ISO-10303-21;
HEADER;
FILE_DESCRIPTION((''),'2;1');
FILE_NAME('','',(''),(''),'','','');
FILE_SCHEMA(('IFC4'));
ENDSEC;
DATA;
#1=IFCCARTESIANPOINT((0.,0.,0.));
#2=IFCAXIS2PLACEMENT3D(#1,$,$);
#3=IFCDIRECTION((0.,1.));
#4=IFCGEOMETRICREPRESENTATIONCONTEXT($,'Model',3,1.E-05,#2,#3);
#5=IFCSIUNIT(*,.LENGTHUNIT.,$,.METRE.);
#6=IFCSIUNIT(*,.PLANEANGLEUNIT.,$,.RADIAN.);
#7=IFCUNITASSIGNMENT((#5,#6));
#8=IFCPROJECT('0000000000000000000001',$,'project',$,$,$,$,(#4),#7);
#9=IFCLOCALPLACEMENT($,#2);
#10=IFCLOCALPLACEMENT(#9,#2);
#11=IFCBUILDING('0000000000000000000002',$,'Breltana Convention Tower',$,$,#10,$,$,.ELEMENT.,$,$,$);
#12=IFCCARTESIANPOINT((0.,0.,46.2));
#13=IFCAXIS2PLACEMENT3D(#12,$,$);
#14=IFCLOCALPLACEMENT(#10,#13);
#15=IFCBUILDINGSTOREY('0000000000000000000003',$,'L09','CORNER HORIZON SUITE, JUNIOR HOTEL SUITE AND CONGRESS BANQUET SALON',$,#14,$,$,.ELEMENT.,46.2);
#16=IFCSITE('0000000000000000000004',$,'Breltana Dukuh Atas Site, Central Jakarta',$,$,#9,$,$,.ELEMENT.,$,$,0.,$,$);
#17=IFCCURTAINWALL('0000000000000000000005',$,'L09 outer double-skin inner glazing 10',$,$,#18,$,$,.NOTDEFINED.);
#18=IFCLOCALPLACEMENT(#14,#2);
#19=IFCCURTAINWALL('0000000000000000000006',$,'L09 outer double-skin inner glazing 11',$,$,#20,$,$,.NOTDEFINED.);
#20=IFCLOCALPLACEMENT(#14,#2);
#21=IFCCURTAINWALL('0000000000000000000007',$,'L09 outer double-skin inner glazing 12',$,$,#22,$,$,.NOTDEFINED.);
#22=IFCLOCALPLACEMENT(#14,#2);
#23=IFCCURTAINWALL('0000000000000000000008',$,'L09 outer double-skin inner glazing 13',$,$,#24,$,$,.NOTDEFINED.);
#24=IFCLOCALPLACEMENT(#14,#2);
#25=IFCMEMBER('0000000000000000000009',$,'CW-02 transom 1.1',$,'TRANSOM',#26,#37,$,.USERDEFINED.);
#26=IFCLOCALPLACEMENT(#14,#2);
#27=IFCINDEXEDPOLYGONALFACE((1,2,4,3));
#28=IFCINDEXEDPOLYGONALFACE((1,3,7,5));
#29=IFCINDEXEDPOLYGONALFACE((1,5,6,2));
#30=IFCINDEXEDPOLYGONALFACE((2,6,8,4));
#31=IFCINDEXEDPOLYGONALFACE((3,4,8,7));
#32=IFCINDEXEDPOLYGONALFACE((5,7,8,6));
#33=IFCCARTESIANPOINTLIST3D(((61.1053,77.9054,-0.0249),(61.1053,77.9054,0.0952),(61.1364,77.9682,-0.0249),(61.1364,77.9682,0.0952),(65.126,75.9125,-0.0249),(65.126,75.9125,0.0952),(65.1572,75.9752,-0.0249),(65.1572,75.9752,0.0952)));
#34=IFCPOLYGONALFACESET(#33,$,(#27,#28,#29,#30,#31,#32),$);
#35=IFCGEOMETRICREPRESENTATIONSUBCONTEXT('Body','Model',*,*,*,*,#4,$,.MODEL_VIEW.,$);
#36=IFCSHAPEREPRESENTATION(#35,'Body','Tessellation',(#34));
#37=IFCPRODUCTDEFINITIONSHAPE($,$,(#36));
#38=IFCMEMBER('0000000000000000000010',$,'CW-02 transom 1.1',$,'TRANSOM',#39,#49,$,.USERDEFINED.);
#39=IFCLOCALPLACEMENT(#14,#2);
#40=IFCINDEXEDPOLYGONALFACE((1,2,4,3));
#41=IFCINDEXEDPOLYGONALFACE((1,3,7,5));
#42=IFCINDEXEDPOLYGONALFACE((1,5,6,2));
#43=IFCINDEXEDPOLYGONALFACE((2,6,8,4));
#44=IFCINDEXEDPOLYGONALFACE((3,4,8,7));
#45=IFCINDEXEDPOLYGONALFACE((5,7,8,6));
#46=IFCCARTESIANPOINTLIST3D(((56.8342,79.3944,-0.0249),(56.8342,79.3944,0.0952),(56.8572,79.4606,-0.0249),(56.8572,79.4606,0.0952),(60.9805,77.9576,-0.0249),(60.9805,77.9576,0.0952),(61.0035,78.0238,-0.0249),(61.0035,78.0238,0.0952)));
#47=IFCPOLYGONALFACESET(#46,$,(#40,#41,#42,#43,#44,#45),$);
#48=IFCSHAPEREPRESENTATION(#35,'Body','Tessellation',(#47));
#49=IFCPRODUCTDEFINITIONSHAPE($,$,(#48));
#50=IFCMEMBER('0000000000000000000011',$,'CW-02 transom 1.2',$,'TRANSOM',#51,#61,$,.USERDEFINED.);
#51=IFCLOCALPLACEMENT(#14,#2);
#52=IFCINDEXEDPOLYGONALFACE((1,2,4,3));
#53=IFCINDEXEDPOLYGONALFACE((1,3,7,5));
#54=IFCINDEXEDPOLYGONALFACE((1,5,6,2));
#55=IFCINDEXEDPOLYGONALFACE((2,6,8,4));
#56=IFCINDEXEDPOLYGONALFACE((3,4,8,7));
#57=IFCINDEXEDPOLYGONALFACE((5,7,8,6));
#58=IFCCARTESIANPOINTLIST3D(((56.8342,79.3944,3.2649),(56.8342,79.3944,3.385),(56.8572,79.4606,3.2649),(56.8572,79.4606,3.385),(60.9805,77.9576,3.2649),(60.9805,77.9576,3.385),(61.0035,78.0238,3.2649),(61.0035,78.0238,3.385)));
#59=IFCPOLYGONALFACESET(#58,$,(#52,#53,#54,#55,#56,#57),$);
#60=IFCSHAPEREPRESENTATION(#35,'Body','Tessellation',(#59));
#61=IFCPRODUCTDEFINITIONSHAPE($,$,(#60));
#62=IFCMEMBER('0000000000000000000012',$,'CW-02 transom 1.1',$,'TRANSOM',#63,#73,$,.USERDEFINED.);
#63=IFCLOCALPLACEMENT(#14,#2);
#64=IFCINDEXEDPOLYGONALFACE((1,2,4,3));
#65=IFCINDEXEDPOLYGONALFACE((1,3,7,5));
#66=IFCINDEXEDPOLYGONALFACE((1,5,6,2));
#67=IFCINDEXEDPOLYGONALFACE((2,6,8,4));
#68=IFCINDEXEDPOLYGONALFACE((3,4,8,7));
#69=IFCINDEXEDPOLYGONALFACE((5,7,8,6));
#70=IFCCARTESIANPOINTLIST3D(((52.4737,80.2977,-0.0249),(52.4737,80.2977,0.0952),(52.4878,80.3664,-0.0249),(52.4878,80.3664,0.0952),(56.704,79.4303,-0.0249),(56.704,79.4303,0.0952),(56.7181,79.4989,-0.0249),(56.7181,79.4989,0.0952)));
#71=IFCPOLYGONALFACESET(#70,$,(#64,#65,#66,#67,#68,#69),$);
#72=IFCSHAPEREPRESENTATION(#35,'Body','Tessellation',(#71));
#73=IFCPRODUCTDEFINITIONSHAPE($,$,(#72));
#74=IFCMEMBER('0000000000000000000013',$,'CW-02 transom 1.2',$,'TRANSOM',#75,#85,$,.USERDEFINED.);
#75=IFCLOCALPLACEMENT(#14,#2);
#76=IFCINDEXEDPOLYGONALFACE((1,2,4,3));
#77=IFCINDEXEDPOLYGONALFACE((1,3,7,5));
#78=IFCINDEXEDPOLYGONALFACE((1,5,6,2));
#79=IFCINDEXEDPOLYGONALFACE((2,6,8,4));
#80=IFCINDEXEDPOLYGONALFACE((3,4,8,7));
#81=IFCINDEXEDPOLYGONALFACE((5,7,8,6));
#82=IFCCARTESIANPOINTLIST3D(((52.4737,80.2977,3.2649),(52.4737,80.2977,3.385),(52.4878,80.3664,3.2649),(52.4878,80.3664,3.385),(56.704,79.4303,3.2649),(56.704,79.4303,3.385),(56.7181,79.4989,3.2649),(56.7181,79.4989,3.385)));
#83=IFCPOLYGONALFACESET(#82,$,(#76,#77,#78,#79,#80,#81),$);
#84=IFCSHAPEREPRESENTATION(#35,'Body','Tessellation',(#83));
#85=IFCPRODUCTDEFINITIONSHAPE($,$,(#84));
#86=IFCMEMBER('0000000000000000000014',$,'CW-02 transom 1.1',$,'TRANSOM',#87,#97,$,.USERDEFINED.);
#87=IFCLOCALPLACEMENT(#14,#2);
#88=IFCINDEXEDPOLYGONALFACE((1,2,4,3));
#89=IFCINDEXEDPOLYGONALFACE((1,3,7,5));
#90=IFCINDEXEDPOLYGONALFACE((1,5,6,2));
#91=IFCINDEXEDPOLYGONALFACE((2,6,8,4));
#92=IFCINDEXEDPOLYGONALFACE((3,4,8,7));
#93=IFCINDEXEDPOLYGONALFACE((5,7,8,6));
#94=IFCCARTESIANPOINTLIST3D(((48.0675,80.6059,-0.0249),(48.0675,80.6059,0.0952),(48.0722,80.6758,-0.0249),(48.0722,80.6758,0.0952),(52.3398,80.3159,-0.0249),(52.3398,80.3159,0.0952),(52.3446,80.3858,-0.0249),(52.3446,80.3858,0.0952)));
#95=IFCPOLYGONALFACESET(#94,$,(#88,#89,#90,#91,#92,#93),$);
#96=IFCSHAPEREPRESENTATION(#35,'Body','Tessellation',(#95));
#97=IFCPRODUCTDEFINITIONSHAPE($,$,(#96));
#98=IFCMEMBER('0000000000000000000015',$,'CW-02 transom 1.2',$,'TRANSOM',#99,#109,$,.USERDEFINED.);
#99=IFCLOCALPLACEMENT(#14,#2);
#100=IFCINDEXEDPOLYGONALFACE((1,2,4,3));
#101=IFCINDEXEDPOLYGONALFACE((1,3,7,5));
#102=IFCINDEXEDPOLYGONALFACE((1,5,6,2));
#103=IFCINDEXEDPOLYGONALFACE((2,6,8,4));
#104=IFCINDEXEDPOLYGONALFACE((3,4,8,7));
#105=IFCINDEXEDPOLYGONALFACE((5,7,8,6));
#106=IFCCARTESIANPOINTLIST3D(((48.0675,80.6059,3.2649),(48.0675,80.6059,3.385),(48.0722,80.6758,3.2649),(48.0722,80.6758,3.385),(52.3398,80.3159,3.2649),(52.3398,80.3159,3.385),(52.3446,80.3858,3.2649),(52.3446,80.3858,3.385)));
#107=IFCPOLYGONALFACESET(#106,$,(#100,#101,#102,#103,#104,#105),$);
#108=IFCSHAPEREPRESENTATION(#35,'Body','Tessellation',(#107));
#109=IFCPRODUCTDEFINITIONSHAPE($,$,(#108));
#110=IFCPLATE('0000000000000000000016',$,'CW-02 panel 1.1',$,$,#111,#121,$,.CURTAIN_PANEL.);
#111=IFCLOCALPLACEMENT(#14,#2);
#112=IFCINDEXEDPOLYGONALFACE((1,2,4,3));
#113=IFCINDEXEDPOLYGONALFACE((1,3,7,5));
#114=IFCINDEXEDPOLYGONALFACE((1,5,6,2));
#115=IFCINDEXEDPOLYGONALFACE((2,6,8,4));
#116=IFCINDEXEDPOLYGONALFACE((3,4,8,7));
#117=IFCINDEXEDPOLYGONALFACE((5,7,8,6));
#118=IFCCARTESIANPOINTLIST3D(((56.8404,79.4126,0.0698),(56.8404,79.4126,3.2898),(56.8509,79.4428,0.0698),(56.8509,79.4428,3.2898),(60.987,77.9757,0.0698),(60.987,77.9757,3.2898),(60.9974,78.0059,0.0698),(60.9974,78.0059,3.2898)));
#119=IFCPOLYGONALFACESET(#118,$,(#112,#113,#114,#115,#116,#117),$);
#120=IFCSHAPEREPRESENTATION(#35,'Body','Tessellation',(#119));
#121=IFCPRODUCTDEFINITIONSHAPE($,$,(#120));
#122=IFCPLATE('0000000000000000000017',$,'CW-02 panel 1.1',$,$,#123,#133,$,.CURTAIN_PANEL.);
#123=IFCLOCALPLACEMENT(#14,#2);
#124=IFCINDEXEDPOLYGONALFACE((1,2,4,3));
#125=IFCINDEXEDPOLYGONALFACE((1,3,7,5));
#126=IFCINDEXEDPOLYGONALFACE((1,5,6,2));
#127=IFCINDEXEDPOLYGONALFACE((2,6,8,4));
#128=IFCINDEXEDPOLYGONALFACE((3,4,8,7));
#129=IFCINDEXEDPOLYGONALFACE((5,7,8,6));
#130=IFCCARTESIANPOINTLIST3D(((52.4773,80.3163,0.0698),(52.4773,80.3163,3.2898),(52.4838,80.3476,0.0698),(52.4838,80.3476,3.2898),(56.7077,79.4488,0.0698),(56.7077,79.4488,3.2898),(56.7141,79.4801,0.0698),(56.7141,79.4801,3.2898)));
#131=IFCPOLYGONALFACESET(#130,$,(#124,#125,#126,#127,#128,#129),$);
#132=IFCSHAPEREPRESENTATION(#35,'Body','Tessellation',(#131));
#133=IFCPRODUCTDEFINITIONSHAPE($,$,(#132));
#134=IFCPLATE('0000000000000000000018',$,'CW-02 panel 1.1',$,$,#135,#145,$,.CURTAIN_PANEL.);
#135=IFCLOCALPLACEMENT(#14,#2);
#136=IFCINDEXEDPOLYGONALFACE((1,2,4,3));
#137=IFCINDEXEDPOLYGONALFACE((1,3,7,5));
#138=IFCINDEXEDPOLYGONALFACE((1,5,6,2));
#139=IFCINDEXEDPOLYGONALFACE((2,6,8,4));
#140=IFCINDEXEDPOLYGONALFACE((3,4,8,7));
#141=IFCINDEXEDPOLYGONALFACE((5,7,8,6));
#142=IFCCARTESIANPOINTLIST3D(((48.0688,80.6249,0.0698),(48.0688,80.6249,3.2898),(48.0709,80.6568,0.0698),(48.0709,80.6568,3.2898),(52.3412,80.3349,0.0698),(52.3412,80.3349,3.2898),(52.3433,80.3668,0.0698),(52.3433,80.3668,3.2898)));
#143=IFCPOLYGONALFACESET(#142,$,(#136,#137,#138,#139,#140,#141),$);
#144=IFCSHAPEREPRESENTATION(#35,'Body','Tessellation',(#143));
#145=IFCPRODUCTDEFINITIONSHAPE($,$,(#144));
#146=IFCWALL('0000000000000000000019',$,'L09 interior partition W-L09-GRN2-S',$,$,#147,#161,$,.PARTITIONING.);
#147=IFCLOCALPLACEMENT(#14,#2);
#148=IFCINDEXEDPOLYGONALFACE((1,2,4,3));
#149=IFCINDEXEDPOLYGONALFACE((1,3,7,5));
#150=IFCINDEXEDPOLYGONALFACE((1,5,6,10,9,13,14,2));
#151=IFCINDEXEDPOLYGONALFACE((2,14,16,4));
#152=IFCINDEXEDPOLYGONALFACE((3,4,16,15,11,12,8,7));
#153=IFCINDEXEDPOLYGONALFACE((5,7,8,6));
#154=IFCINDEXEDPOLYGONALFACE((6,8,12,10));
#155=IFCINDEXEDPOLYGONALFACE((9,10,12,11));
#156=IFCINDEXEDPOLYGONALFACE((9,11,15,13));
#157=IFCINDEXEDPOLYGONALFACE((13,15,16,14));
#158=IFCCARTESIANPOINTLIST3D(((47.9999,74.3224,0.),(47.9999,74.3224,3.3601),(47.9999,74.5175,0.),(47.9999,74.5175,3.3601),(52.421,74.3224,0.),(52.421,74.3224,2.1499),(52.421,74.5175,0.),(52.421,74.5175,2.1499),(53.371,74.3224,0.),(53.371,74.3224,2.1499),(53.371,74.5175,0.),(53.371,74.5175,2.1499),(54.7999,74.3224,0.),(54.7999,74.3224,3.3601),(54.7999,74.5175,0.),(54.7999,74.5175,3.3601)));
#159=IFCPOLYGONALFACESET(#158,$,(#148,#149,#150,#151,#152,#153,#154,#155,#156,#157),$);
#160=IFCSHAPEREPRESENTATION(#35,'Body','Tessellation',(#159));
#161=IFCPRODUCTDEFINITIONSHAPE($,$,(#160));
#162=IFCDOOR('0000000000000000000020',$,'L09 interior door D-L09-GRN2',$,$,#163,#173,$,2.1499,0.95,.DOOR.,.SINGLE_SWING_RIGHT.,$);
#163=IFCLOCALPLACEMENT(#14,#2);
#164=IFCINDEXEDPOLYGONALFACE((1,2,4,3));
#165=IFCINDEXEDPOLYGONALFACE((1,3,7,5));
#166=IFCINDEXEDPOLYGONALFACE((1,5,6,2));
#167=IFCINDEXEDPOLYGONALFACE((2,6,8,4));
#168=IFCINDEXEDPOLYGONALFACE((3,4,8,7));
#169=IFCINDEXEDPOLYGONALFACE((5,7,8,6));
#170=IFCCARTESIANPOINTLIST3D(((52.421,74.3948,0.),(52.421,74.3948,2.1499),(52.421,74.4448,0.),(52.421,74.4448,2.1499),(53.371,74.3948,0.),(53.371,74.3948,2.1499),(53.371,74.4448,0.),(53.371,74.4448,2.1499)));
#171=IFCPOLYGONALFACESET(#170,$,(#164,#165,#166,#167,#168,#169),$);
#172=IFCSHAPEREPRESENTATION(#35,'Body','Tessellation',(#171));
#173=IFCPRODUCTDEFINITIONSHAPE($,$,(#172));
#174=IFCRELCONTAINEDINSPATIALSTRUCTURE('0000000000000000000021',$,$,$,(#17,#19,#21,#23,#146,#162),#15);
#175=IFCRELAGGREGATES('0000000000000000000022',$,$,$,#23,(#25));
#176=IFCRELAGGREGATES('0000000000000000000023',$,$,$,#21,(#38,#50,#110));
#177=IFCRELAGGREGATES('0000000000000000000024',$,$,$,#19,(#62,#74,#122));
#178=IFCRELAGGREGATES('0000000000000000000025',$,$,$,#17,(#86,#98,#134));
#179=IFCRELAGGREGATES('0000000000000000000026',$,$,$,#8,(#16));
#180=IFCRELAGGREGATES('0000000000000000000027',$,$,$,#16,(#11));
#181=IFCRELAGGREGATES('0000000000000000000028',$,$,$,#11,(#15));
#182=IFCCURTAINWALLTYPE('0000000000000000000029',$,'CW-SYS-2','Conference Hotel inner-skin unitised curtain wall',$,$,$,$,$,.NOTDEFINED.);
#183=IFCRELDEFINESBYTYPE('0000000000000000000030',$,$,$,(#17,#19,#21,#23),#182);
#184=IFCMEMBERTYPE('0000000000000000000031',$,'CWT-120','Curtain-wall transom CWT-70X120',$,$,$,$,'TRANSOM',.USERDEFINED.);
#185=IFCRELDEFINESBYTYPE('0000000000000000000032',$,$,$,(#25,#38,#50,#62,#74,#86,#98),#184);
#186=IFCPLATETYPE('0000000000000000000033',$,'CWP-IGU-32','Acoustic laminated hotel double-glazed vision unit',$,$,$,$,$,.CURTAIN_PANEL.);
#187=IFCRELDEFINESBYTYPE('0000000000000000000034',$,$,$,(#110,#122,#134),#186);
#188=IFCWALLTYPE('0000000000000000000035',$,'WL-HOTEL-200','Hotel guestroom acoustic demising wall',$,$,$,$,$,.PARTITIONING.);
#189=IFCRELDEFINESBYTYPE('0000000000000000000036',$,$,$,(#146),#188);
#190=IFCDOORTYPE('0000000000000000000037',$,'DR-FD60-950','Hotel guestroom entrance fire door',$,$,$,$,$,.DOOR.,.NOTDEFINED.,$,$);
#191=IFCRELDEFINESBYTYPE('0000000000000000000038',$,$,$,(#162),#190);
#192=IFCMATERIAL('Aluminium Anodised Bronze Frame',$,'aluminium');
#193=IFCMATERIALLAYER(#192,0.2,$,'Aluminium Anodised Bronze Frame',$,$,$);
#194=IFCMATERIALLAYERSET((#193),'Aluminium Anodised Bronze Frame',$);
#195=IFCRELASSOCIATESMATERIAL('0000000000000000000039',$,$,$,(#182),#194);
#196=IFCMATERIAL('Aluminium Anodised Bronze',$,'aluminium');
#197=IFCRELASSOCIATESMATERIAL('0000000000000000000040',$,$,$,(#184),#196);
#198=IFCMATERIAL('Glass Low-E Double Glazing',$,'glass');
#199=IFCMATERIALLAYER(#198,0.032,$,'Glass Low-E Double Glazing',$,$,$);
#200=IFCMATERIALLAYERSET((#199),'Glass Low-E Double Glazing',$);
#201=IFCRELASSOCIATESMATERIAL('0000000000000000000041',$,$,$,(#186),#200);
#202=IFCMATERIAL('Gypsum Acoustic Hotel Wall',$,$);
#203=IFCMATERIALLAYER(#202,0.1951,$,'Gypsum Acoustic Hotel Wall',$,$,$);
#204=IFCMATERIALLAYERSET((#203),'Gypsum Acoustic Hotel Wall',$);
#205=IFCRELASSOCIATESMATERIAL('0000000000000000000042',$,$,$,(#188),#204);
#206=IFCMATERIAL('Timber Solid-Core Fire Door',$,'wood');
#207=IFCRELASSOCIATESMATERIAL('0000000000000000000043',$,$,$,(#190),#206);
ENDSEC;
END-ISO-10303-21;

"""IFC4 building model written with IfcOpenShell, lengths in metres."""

from ifc_helpers import new_model, si_unit, direction, frame, frame_2d, origin, origin_2d, place, context, subcontext, project, spatial, rectangle, extrude, source, transform, mapped, material, layer, layer_set, material_profile, profile_set, type_object, type_shapes, element, fill, aggregate, save


model = new_model("IFC4")

# Units and contexts
model_context = context("Model", 3, precision=1e-05, world=origin(), true_north=direction((0.0, 1.0)))
body_context = subcontext(model_context, "Body", "Model", "MODEL_VIEW")
ifc_project = project(units=[si_unit("LENGTHUNIT", "METRE"), si_unit("PLANEANGLEUNIT", "RADIAN")], contexts=[model_context])

# Site, building, storey
site_placement = place(None, origin())
site = spatial("IfcSite", under=ifc_project, at=site_placement, Name="Breltana Dukuh Atas Site, Central Jakarta", CompositionType="ELEMENT", RefElevation=0.0)
building_placement = place(site_placement, origin())
building = spatial("IfcBuilding", under=site, at=building_placement, Name="Breltana Convention Tower", CompositionType="ELEMENT")
storey_placement = place(building_placement, frame((0.0, 0.0, 46.2)))
storey = spatial("IfcBuildingStorey", under=building, at=storey_placement, Name="L09", Description="CORNER HORIZON SUITE, JUNIOR HOTEL SUITE AND CONGRESS BANQUET SALON", CompositionType="ELEMENT", Elevation=46.2)

# Shared definitions
ifc_material_1 = material(Name="Aluminium Anodised Bronze Frame", Category="aluminium")
ifc_layer_1 = layer(ifc_material_1, 0.2, Name="Aluminium Anodised Bronze Frame")
ifc_layer_set_1 = layer_set([ifc_layer_1], Name="Aluminium Anodised Bronze Frame")
curtain_wall_type = type_object("IfcCurtainWallType", Name="CW-SYS-2", Description="Conference Hotel inner-skin unitised curtain wall", PredefinedType="NOTDEFINED", material=ifc_layer_set_1)
ifc_material_2 = material(Name="Aluminium Anodised Bronze", Category="aluminium")

# Curtain walls, member
curtain_wall_1_placement = place(storey_placement, origin())
curtain_wall_1 = element("IfcCurtainWall", 1, at=curtain_wall_1_placement, inside=storey, type_object=curtain_wall_type, Name="L09 outer double-skin inner glazing 10", PredefinedType="NOTDEFINED")
curtain_wall_2_placement = place(storey_placement, origin())
curtain_wall_2 = element("IfcCurtainWall", 2, at=curtain_wall_2_placement, inside=storey, type_object=curtain_wall_type, Name="L09 outer double-skin inner glazing 11", PredefinedType="NOTDEFINED")
curtain_wall_3_placement = place(storey_placement, origin())
curtain_wall_3 = element("IfcCurtainWall", 3, at=curtain_wall_3_placement, inside=storey, type_object=curtain_wall_type, Name="L09 outer double-skin inner glazing 12", PredefinedType="NOTDEFINED")
curtain_wall_4_placement = place(storey_placement, origin())
curtain_wall_4 = element("IfcCurtainWall", 4, at=curtain_wall_4_placement, inside=storey, type_object=curtain_wall_type, Name="L09 outer double-skin inner glazing 13", PredefinedType="NOTDEFINED")
ifc_material_profile_1 = material_profile(ifc_material_2, rectangle(XDim=0.0701, YDim=0.1201, at=origin_2d()), Name="CWT-70X120")
ifc_profile_set_1 = profile_set([ifc_material_profile_1], Name="Aluminium Anodised Bronze")
member_type_1 = type_object("IfcMemberType", Name="CWT-120", Description="Curtain-wall transom CWT-70X120", ElementType="TRANSOM", PredefinedType="USERDEFINED", material=ifc_profile_set_1)
shared_shape_1 = source(origin(), body_context, "Body", "SweptSolid", [
    extrude(rectangle(XDim=0.0701, YDim=0.1201, at=origin_2d()), origin(), (0.0, 0.0, 1.0), 4.4875),
])
member_1_placement = place(storey_placement, frame((61.1208, 77.9368, 0.0352), z_axis=(0.895978, -0.444099, 0.0), x_axis=(0.444099, 0.895978, 0.0)))
member_1 = element("IfcMember", 5, at=member_1_placement, type_object=member_type_1, Name="CW-02 transom 1.1", ObjectType="TRANSOM", PredefinedType="USERDEFINED", context=body_context, shape_type="MappedRepresentation", body=[
    mapped(shared_shape_1, transform((0.0, 0.0, 0.0), scale=1.0)),
])
aggregate(curtain_wall_4, [member_1])

# Members
shared_shape_2 = source(origin(), body_context, "Body", "SweptSolid", [
    extrude(rectangle(XDim=0.0701, YDim=0.1201, at=origin_2d()), origin(), (0.0, 0.0, 1.0), 4.3882),
])
member_2_placement = place(storey_placement, frame((56.8457, 79.4275, 0.0352), z_axis=(0.944878, -0.327422, 0.0), x_axis=(0.327422, 0.944878, 0.0)))
member_2 = element("IfcMember", 6, at=member_2_placement, type_object=member_type_1, Name="CW-02 transom 1.1", ObjectType="TRANSOM", PredefinedType="USERDEFINED", context=body_context, shape_type="MappedRepresentation", body=[
    mapped(shared_shape_2, transform((0.0, 0.0, 0.0), scale=1.0)),
])
member_3_placement = place(storey_placement, frame((56.8457, 79.4275, 3.325), z_axis=(0.944878, -0.327422, 0.0), x_axis=(0.327422, 0.944878, 0.0)))
member_3 = element("IfcMember", 7, at=member_3_placement, type_object=member_type_1, Name="CW-02 transom 1.2", ObjectType="TRANSOM", PredefinedType="USERDEFINED", context=body_context, shape_type="MappedRepresentation", body=[
    mapped(shared_shape_2, transform((0.0, 0.0, 0.0), scale=1.0)),
])
shared_shape_3 = source(origin(), body_context, "Body", "SweptSolid", [
    extrude(rectangle(XDim=0.0701, YDim=0.1201, at=origin_2d()), origin(), (0.0, 0.0, 1.0), 4.3184),
])
member_4_placement = place(storey_placement, frame((52.4807, 80.332, 0.0352), z_axis=(0.979617, -0.200876, 0.0), x_axis=(0.200876, 0.979617, 0.0)))
member_4 = element("IfcMember", 8, at=member_4_placement, type_object=member_type_1, Name="CW-02 transom 1.1", ObjectType="TRANSOM", PredefinedType="USERDEFINED", context=body_context, shape_type="MappedRepresentation", body=[
    mapped(shared_shape_3, transform((0.0, 0.0, 0.0), scale=1.0)),
])
member_5_placement = place(storey_placement, frame((52.4807, 80.332, 3.325), z_axis=(0.979617, -0.200876, 0.0), x_axis=(0.200876, 0.979617, 0.0)))
member_5 = element("IfcMember", 9, at=member_5_placement, type_object=member_type_1, Name="CW-02 transom 1.2", ObjectType="TRANSOM", PredefinedType="USERDEFINED", context=body_context, shape_type="MappedRepresentation", body=[
    mapped(shared_shape_3, transform((0.0, 0.0, 0.0), scale=1.0)),
])
shared_shape_4 = source(origin(), body_context, "Body", "SweptSolid", [
    extrude(rectangle(XDim=0.0701, YDim=0.1201, at=origin_2d()), origin(), (0.0, 0.0, 1.0), 4.2822),
])
member_6_placement = place(storey_placement, frame((48.0698, 80.6409, 0.0352), z_axis=(0.997704, -0.06773, 0.0), x_axis=(0.06773, 0.997704, 0.0)))
member_6 = element("IfcMember", 10, at=member_6_placement, type_object=member_type_1, Name="CW-02 transom 1.1", ObjectType="TRANSOM", PredefinedType="USERDEFINED", context=body_context, shape_type="MappedRepresentation", body=[
    mapped(shared_shape_4, transform((0.0, 0.0, 0.0), scale=1.0)),
])
member_7_placement = place(storey_placement, frame((48.0698, 80.6409, 3.325), z_axis=(0.997704, -0.06773, 0.0), x_axis=(0.06773, 0.997704, 0.0)))
member_7 = element("IfcMember", 11, at=member_7_placement, type_object=member_type_1, Name="CW-02 transom 1.2", ObjectType="TRANSOM", PredefinedType="USERDEFINED", context=body_context, shape_type="MappedRepresentation", body=[
    mapped(shared_shape_4, transform((0.0, 0.0, 0.0), scale=1.0)),
])

# Plates
ifc_material_3 = material(Name="Glass Low-E Double Glazing", Category="glass")
ifc_layer_2 = layer(ifc_material_3, 0.032, Name="Glass Low-E Double Glazing")
ifc_layer_set_2 = layer_set([ifc_layer_2], Name="Glass Low-E Double Glazing")
plate_type = type_object("IfcPlateType", Name="CWP-IGU-32", Description="Acoustic laminated hotel double-glazed vision unit", PredefinedType="CURTAIN_PANEL", material=ifc_layer_set_2)
shared_shape_5 = source(origin(), body_context, "Body", "SweptSolid", [
    extrude(rectangle(XDim=4.3884, YDim=0.032, at=origin_2d()), origin(), (0.0, 0.0, 1.0), 3.22),
])
plate_1_placement = place(storey_placement, frame((58.9189, 78.7092, 0.0698), z_axis=(0.0, 0.0, 1.0), x_axis=(0.944876, -0.327428, 0.0)))
plate_1 = element("IfcPlate", 12, at=plate_1_placement, type_object=plate_type, Name="CW-02 panel 1.1", PredefinedType="CURTAIN_PANEL", context=body_context, shape_type="MappedRepresentation", body=[
    mapped(shared_shape_5, transform((0.0, 0.0, 0.0), scale=1.0)),
])
aggregate(curtain_wall_3, [member_2, member_3, plate_1])
shared_shape_6 = source(origin(), body_context, "Body", "SweptSolid", [
    extrude(rectangle(XDim=4.3184, YDim=0.032, at=origin_2d()), origin(), (0.0, 0.0, 1.0), 3.22),
])
plate_2_placement = place(storey_placement, frame((54.5957, 79.8982, 0.0698), z_axis=(0.0, 0.0, 1.0), x_axis=(0.979615, -0.200885, 0.0)))
plate_2 = element("IfcPlate", 13, at=plate_2_placement, type_object=plate_type, Name="CW-02 panel 1.1", PredefinedType="CURTAIN_PANEL", context=body_context, shape_type="MappedRepresentation", body=[
    mapped(shared_shape_6, transform((0.0, 0.0, 0.0), scale=1.0)),
])
aggregate(curtain_wall_2, [member_4, member_5, plate_2])
shared_shape_7 = source(origin(), body_context, "Body", "SweptSolid", [
    extrude(rectangle(XDim=4.2822, YDim=0.032, at=origin_2d()), origin(), (0.0, 0.0, 1.0), 3.22),
])
plate_3_placement = place(storey_placement, frame((50.2061, 80.4958, 0.0698), z_axis=(0.0, 0.0, 1.0), x_axis=(0.997704, -0.067726, 0.0)))
plate_3 = element("IfcPlate", 14, at=plate_3_placement, type_object=plate_type, Name="CW-02 panel 1.1", PredefinedType="CURTAIN_PANEL", context=body_context, shape_type="MappedRepresentation", body=[
    mapped(shared_shape_7, transform((0.0, 0.0, 0.0), scale=1.0)),
])
aggregate(curtain_wall_1, [member_6, member_7, plate_3])

# Wall, opening, door
ifc_material_4 = material(Name="Gypsum Acoustic Hotel Wall")
ifc_layer_3 = layer(ifc_material_4, 0.1951, Name="Gypsum Acoustic Hotel Wall")
ifc_layer_set_3 = layer_set([ifc_layer_3], Name="Gypsum Acoustic Hotel Wall")
wall_type_1 = type_object("IfcWallType", Name="WL-HOTEL-200", Description="Hotel guestroom acoustic demising wall", PredefinedType="PARTITIONING", material=ifc_layer_set_3)
shared_shape_8 = source(origin(), body_context, "Body", "SweptSolid", [
    extrude(rectangle(XDim=6.8, YDim=0.1951, at=frame_2d((3.3999, 0.0))), origin(), (0.0, 0.0, 1.0), 3.3601),
])
type_shapes(wall_type_1, [shared_shape_8])
wall_1_placement = place(storey_placement, frame((48.0, 74.4199, 0.0), z_axis=(0.0, 0.0, 1.0), x_axis=(1.0, 0.0, 0.0)))
wall_1 = element("IfcWall", 15, at=wall_1_placement, inside=storey, type_object=wall_type_1, Name="L09 interior partition W-L09-GRN2-S", PredefinedType="PARTITIONING", context=body_context, shape_type="MappedRepresentation", body=[
    mapped(shared_shape_8, transform((0.0, 0.0, 0.0), scale=1.0)),
])
opening_1_placement = place(wall_1_placement, frame((4.4209, 0.0, 0.0)))
opening_1 = element("IfcOpeningElement", 16, at=opening_1_placement, cuts=wall_1, PredefinedType="OPENING", context=body_context, shape_type="SweptSolid", body=[
    extrude(rectangle(XDim=0.95, YDim=2.1499, at=frame_2d((0.4751, 1.075))), frame((0.0, 0.1074, 0.0), z_axis=(0.0, -1.0, 0.0), x_axis=(1.0, 0.0, 0.0)), (0.0, 0.0, 1.0), 0.2151),
])
ifc_material_5 = material(Name="Timber Solid-Core Fire Door", Category="wood")
door_type_1 = type_object("IfcDoorType", Name="DR-FD60-950", Description="Hotel guestroom entrance fire door", OperationType="NOTDEFINED", PredefinedType="DOOR", material=ifc_material_5)
shared_shape_9 = source(origin(), body_context, "Body", "SweptSolid", [
    extrude(rectangle(XDim=0.95, YDim=2.1499, at=frame_2d((0.4751, 1.075))), frame((0.0, 0.0249, 0.0), z_axis=(0.0, -1.0, 0.0), x_axis=(1.0, 0.0, 0.0)), (0.0, 0.0, 1.0), 0.05),
])
type_shapes(door_type_1, [shared_shape_9])
door_1_placement = place(opening_1_placement, origin())
door_1 = element("IfcDoor", 17, at=door_1_placement, inside=storey, type_object=door_type_1, Name="L09 interior door D-L09-GRN2", OperationType="SINGLE_SWING_RIGHT", OverallHeight=2.1499, OverallWidth=0.95, PredefinedType="DOOR", context=body_context, shape_type="MappedRepresentation", body=[
    mapped(shared_shape_9, transform((0.0, 0.0, 0.0), scale=1.0)),
])
fill(opening_1, door_1)

save(model, "model.ifc")
